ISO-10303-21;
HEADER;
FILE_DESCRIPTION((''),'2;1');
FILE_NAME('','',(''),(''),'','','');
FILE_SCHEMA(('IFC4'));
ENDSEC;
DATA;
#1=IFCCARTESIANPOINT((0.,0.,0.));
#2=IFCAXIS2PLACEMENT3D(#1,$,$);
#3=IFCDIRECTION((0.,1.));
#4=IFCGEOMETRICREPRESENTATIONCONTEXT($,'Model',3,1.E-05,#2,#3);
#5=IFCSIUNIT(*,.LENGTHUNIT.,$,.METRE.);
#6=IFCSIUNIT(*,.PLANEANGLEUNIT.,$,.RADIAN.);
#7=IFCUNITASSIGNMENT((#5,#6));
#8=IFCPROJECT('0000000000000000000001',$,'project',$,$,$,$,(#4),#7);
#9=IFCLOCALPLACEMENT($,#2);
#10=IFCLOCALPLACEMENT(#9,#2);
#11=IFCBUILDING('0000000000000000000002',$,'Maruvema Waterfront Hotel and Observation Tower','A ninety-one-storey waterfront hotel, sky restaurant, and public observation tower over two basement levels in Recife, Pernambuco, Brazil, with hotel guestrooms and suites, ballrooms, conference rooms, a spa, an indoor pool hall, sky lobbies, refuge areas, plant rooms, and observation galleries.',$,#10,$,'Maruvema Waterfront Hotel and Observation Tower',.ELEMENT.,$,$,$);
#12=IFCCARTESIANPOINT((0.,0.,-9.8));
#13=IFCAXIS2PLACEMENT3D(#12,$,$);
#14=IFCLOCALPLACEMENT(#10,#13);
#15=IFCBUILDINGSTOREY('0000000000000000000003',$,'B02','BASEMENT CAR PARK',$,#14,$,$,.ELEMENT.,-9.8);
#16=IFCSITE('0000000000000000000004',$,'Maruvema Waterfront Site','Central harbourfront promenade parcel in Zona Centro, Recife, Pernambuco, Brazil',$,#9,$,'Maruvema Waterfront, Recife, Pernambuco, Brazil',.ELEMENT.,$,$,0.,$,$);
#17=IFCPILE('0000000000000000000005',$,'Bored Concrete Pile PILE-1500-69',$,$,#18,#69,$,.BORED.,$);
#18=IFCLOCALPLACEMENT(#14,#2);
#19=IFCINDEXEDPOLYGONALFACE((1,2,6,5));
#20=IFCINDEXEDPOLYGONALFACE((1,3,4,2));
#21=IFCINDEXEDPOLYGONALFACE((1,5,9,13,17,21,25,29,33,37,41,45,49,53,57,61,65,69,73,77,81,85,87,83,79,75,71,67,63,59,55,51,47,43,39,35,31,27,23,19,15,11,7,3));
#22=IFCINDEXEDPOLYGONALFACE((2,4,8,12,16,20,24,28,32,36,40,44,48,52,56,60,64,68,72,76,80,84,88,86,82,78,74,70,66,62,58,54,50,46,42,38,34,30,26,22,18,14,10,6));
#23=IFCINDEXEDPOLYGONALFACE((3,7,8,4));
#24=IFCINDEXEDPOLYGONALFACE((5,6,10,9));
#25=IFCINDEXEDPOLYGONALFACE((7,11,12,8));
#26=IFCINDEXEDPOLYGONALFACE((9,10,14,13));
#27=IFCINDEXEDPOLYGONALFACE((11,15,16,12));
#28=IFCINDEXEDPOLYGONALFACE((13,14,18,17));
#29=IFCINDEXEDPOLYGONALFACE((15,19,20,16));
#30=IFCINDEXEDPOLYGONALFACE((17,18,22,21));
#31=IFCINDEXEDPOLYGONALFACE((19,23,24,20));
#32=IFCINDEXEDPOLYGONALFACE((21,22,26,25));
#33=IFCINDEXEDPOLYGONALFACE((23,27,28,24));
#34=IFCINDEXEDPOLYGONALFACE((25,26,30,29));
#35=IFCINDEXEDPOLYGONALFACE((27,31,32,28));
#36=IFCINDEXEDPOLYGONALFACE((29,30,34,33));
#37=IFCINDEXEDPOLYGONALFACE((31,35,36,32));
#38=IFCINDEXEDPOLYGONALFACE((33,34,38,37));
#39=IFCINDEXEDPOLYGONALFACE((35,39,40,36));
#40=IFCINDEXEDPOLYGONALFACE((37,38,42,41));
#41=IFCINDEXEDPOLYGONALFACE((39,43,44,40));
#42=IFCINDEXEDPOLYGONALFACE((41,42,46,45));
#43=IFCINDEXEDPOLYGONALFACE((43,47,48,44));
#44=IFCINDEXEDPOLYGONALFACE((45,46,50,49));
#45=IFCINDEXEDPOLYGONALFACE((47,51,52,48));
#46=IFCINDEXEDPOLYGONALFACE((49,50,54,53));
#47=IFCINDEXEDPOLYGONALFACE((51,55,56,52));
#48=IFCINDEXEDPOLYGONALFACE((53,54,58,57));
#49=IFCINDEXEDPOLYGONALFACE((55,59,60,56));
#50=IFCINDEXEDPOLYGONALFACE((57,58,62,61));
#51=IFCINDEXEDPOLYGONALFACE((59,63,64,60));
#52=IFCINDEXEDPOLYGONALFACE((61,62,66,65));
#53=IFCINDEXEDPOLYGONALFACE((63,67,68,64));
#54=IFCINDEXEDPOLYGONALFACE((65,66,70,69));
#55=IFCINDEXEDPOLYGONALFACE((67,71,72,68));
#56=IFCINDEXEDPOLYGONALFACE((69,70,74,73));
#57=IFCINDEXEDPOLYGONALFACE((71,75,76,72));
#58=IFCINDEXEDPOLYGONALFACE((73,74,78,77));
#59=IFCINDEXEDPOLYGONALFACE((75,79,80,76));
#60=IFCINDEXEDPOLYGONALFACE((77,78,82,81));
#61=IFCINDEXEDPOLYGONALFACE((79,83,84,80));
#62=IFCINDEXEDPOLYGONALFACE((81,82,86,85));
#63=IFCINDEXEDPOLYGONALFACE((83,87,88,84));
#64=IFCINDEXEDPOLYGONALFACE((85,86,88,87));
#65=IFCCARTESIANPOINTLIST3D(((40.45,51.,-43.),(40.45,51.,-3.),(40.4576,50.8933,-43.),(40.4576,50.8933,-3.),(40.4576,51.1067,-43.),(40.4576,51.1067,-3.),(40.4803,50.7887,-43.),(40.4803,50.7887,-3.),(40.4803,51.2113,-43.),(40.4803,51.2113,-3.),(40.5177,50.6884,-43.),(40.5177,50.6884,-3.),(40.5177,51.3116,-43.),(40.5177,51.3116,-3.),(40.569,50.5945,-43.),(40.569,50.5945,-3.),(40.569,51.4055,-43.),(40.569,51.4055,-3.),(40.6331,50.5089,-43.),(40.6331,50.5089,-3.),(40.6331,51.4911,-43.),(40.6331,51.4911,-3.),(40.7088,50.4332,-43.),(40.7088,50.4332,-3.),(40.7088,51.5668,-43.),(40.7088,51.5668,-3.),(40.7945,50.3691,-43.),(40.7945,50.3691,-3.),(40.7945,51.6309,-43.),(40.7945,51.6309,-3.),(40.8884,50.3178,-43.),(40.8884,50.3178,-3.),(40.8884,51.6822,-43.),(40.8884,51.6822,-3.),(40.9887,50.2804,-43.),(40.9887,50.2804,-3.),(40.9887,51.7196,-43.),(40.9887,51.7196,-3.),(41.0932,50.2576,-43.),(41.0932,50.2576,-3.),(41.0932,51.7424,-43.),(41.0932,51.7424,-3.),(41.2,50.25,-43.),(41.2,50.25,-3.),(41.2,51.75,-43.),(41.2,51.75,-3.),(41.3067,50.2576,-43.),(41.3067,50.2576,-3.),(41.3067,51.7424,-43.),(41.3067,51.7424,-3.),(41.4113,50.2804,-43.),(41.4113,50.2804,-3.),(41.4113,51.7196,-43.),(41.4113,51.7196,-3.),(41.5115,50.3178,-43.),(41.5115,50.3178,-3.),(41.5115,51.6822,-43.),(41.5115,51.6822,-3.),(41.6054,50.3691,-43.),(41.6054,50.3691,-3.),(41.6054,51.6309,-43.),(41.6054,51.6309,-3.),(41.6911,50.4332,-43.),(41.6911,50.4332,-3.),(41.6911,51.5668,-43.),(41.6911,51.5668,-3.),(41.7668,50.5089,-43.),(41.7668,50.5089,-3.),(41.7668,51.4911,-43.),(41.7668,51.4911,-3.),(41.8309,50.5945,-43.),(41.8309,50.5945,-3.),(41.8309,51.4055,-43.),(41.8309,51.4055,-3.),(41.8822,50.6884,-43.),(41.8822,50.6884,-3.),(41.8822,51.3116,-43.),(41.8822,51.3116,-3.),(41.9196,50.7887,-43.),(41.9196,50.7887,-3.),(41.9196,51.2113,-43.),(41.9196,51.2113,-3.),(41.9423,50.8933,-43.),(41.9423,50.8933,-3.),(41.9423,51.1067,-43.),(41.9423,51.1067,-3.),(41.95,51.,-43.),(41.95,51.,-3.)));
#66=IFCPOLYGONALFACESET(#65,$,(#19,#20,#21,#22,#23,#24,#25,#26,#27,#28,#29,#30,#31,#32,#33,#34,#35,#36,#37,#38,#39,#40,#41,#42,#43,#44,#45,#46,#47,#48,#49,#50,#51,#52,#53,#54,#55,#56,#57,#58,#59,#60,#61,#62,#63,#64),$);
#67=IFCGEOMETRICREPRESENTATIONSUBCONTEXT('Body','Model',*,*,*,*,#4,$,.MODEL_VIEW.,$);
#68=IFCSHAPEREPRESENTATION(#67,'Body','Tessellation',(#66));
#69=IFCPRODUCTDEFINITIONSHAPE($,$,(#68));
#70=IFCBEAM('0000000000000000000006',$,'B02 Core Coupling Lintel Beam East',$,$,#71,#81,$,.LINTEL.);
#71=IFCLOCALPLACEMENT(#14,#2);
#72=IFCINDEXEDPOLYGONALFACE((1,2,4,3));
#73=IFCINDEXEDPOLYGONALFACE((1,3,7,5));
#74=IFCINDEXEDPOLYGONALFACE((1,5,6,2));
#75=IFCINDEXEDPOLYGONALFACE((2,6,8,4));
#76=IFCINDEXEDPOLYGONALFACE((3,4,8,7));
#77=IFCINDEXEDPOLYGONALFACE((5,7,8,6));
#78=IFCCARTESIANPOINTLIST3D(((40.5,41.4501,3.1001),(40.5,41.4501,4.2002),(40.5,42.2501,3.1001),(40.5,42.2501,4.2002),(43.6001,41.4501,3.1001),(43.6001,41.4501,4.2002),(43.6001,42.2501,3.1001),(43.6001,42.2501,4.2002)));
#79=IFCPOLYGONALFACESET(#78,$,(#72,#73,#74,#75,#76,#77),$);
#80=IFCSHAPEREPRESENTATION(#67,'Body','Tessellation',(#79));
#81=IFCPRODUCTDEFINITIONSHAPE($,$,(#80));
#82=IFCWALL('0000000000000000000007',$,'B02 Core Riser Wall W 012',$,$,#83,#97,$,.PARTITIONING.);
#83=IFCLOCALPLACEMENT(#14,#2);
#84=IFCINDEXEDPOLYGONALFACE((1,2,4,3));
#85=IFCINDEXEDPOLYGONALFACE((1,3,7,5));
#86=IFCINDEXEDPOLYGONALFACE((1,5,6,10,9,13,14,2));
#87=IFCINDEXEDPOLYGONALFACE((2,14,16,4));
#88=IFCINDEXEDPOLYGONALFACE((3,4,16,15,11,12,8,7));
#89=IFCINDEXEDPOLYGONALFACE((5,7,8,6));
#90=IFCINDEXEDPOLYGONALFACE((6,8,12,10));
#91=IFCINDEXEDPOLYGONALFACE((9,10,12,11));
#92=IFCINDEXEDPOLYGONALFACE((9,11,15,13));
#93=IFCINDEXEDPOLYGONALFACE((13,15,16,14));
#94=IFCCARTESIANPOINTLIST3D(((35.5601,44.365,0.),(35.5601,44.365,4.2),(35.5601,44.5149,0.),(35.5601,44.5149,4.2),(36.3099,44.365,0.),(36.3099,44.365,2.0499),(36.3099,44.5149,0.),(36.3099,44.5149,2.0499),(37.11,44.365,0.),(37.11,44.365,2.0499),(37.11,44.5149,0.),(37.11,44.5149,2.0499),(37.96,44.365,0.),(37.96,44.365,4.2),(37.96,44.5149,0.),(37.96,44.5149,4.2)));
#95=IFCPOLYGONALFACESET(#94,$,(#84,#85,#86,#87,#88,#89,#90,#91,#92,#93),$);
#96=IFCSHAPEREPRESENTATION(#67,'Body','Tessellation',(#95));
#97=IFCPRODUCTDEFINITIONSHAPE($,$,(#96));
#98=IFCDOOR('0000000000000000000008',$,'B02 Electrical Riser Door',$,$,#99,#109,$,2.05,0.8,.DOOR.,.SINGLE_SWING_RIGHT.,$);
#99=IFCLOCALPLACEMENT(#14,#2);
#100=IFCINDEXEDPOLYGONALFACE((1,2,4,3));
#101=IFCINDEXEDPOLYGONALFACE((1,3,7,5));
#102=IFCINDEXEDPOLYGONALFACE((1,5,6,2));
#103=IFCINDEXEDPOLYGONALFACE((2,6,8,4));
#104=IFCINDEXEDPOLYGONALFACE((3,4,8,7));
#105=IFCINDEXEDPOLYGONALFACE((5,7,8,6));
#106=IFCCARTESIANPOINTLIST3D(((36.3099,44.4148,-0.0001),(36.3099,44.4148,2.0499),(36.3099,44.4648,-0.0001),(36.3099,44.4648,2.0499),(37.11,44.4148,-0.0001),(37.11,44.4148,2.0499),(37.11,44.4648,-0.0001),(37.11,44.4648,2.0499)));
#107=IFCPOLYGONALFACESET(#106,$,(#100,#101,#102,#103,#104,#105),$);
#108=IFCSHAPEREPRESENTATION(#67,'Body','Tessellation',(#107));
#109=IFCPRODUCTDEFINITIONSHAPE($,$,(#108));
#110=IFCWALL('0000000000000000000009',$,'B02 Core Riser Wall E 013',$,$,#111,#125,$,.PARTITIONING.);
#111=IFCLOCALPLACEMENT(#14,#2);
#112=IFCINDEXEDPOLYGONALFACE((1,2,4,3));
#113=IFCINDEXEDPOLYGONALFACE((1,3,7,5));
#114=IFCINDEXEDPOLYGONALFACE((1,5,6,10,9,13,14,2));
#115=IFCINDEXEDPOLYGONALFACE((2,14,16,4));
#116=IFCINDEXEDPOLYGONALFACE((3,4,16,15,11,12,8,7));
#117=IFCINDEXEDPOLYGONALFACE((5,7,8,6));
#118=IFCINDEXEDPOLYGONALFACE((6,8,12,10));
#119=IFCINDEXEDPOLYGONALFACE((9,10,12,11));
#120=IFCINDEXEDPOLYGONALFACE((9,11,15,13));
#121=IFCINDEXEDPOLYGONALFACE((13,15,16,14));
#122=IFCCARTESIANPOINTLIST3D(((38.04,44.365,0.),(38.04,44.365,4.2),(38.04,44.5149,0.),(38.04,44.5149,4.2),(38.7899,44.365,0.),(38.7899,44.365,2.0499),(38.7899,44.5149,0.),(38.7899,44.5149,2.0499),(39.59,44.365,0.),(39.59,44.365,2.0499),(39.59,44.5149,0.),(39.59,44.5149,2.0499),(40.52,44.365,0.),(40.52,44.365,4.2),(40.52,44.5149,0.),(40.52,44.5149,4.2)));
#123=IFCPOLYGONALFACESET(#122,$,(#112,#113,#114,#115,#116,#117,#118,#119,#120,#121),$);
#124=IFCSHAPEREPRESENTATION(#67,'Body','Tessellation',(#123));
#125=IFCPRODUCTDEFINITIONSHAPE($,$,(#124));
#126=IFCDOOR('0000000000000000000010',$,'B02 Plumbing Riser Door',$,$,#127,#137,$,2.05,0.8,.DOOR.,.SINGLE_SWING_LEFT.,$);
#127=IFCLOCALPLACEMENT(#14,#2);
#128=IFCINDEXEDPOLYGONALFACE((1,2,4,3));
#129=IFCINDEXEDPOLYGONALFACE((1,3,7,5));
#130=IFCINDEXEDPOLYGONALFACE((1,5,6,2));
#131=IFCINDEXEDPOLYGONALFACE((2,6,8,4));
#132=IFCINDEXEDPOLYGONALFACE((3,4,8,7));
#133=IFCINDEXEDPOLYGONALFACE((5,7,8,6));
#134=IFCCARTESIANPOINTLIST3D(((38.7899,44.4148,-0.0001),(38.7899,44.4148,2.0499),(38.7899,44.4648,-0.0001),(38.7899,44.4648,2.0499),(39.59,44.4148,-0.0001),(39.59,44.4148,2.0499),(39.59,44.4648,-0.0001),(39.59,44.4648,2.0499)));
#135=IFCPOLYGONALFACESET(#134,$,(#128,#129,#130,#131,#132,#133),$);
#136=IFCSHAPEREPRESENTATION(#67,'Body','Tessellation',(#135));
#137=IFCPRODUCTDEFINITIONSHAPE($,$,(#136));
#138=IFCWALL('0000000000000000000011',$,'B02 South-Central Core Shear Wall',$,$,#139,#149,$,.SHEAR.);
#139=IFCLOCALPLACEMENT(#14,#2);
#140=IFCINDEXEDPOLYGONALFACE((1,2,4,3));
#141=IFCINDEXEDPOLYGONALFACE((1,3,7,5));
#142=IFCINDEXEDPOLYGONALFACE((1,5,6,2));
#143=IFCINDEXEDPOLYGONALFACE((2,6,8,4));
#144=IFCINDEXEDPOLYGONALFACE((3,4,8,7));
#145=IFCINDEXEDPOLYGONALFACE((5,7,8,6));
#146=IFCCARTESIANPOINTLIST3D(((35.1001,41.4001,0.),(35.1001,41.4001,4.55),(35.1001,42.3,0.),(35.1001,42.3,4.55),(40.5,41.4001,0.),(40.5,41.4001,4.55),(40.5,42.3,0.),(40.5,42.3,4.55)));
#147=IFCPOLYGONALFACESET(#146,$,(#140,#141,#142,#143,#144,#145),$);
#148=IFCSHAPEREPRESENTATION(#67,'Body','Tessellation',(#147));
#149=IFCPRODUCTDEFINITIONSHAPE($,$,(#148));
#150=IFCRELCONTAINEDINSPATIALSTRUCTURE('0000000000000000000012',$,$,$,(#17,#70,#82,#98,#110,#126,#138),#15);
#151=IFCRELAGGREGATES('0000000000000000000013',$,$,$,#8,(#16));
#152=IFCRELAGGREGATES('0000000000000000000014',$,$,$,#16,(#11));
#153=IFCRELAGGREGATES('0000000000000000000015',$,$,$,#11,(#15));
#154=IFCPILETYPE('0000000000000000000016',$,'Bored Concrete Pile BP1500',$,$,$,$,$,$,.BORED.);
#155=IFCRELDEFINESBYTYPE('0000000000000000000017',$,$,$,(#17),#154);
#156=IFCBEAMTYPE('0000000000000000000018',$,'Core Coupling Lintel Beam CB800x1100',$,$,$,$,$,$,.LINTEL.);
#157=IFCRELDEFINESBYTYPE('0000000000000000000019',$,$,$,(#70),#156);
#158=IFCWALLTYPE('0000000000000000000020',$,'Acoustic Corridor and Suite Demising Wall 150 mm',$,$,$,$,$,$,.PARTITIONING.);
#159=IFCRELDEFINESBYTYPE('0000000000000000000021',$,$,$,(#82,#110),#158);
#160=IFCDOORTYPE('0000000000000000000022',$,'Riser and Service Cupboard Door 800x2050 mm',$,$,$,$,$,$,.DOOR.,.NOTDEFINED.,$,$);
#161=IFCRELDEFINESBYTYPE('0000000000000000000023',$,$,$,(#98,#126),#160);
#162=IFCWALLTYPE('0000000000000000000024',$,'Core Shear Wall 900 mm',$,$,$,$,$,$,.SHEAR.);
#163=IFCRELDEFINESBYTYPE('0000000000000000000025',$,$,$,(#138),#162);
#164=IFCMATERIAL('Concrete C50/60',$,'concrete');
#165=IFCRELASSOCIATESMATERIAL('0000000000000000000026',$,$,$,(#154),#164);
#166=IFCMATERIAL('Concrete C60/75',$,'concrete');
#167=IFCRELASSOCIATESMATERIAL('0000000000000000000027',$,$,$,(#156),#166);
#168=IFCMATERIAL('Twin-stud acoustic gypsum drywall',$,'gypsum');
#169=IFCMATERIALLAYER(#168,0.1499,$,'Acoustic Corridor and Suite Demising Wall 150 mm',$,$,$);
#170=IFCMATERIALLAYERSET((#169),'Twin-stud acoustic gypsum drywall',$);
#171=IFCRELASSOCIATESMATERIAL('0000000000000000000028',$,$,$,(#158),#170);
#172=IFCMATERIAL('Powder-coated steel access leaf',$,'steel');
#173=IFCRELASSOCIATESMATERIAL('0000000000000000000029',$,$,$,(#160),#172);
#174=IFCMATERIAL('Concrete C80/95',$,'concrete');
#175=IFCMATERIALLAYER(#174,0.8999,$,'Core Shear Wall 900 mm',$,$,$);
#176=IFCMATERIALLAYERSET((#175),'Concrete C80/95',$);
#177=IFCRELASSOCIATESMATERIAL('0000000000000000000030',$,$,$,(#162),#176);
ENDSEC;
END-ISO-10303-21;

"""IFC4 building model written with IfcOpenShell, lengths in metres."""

from ifc_helpers import new_model, si_unit, direction, frame, frame_2d, origin, origin_2d, place, context, subcontext, project, spatial, rectangle, circle, extrude, material, layer, layer_set, material_profile, profile_set, type_object, element, fill, save


model = new_model("IFC4")

# Units and contexts
model_context = context("Model", 3, precision=1e-05, world=origin(), true_north=direction((0.0, 1.0)))
body_context = subcontext(model_context, "Body", "Model", "MODEL_VIEW")
ifc_project = project(units=[si_unit("LENGTHUNIT", "METRE"), si_unit("PLANEANGLEUNIT", "RADIAN")], contexts=[model_context])

# Site, building, storey
site_placement = place(None, origin())
site = spatial("IfcSite", under=ifc_project, at=site_placement, Name="Maruvema Waterfront Site", Description="Central harbourfront promenade parcel in Zona Centro, Recife, Pernambuco, Brazil", LongName="Maruvema Waterfront, Recife, Pernambuco, Brazil", CompositionType="ELEMENT", RefElevation=0.0)
building_placement = place(site_placement, origin())
building = spatial("IfcBuilding", under=site, at=building_placement, Name="Maruvema Waterfront Hotel and Observation Tower", Description="A ninety-one-storey waterfront hotel, sky restaurant, and public observation tower over two basement levels in Recife, Pernambuco, Brazil, with hotel guestrooms and suites, ballrooms, conference rooms, a spa, an indoor pool hall, sky lobbies, refuge areas, plant rooms, and observation galleries.", LongName="Maruvema Waterfront Hotel and Observation Tower", CompositionType="ELEMENT")
storey_placement = place(building_placement, frame((0.0, 0.0, -9.8)))
storey = spatial("IfcBuildingStorey", under=building, at=storey_placement, Name="B02", Description="BASEMENT CAR PARK", CompositionType="ELEMENT", Elevation=-9.8)

# Pile
ifc_material_1 = material(Name="Concrete C50/60", Category="concrete")
ifc_material_profile_1 = material_profile(ifc_material_1, circle(Radius=0.75, at=origin_2d()), Name="BP1500")
ifc_profile_set_1 = profile_set([ifc_material_profile_1], Name="Concrete C50/60")
pile_type = type_object("IfcPileType", Name="Bored Concrete Pile BP1500", PredefinedType="BORED", material=ifc_profile_set_1)
for number, where, z_axis, x_axis, name in (
    (1, (41.2, 51.0, -3.0), (0.0, 0.0, -1.0), (1.0, 0.0, 0.0), "Bored Concrete Pile PILE-1500-69"),
):
    element("IfcPile", number, at=place(storey_placement, frame(where, z_axis=z_axis, x_axis=x_axis)), inside=storey, type_object=pile_type, Name=name, PredefinedType="BORED", context=body_context, shape_type="SweptSolid", body=[
        extrude(circle(Radius=0.75, at=origin_2d()), origin(), (0.0, 0.0, 1.0), 40.0),
    ])

# Beam
ifc_material_2 = material(Name="Concrete C60/75", Category="concrete")
ifc_material_profile_2 = material_profile(ifc_material_2, rectangle(XDim=0.8, YDim=1.1001, at=origin_2d()), Name="CB800x1100")
ifc_profile_set_2 = profile_set([ifc_material_profile_2], Name="Concrete C60/75")
beam_type = type_object("IfcBeamType", Name="Core Coupling Lintel Beam CB800x1100", PredefinedType="LINTEL", material=ifc_profile_set_2)
beam_placement = place(storey_placement, frame((40.5, 41.8501, 3.6501), z_axis=(1.0, 0.0, 0.0), x_axis=(0.0, 1.0, 0.0)))
element("IfcBeam", 2, at=beam_placement, inside=storey, type_object=beam_type, Name="B02 Core Coupling Lintel Beam East", PredefinedType="LINTEL", context=body_context, shape_type="SweptSolid", body=[
    extrude(rectangle(XDim=0.8, YDim=1.1001, at=origin_2d()), origin(), (0.0, 0.0, 1.0), 3.1001),
])

# Walls, openings, doors
ifc_material_3 = material(Name="Twin-stud acoustic gypsum drywall", Category="gypsum")
ifc_layer_1 = layer(ifc_material_3, 0.1499, Name="Acoustic Corridor and Suite Demising Wall 150 mm")
ifc_layer_set_1 = layer_set([ifc_layer_1], Name="Twin-stud acoustic gypsum drywall")
wall_type_1 = type_object("IfcWallType", Name="Acoustic Corridor and Suite Demising Wall 150 mm", PredefinedType="PARTITIONING", material=ifc_layer_set_1)
wall_1_placement = place(storey_placement, frame((35.5601, 44.4399, 0.0), z_axis=(0.0, 0.0, 1.0), x_axis=(1.0, 0.0, 0.0)))
wall_1 = element("IfcWall", 3, at=wall_1_placement, inside=storey, type_object=wall_type_1, Name="B02 Core Riser Wall W 012", PredefinedType="PARTITIONING", context=body_context, shape_type="SweptSolid", body=[
    extrude(rectangle(XDim=2.3999, YDim=0.1499, at=frame_2d((1.2, 0.0))), origin(), (0.0, 0.0, 1.0), 4.2),
])
opening_1_placement = place(wall_1_placement, frame((0.75, 0.0, 0.0)))
opening_1 = element("IfcOpeningElement", 4, at=opening_1_placement, cuts=wall_1, PredefinedType="OPENING", context=body_context, shape_type="SweptSolid", body=[
    extrude(rectangle(XDim=0.8, YDim=2.05, at=frame_2d((0.3999, 1.0249))), frame((0.0, 0.085, 0.0), z_axis=(0.0, -1.0, 0.0), x_axis=(1.0, 0.0, 0.0)), (0.0, 0.0, 1.0), 0.1699),
])
ifc_material_4 = material(Name="Powder-coated steel access leaf", Category="steel")
door_type = type_object("IfcDoorType", Name="Riser and Service Cupboard Door 800x2050 mm", OperationType="NOTDEFINED", PredefinedType="DOOR", material=ifc_material_4)
door_1_placement = place(opening_1_placement, origin())
door_1 = element("IfcDoor", 5, at=door_1_placement, inside=storey, type_object=door_type, Name="B02 Electrical Riser Door", OperationType="SINGLE_SWING_RIGHT", OverallHeight=2.05, OverallWidth=0.8, PredefinedType="DOOR", context=body_context, shape_type="SweptSolid", body=[
    extrude(rectangle(XDim=0.8, YDim=2.05, at=frame_2d((0.3999, 1.0249))), frame((0.0, 0.0249, 0.0), z_axis=(0.0, -1.0, 0.0), x_axis=(1.0, 0.0, 0.0)), (0.0, 0.0, 1.0), 0.05),
])
fill(opening_1, door_1)
wall_2_placement = place(storey_placement, frame((38.04, 44.4399, 0.0), z_axis=(0.0, 0.0, 1.0), x_axis=(1.0, 0.0, 0.0)))
wall_2 = element("IfcWall", 6, at=wall_2_placement, inside=storey, type_object=wall_type_1, Name="B02 Core Riser Wall E 013", PredefinedType="PARTITIONING", context=body_context, shape_type="SweptSolid", body=[
    extrude(rectangle(XDim=2.48, YDim=0.1499, at=frame_2d((1.24, 0.0))), origin(), (0.0, 0.0, 1.0), 4.2),
])
opening_2_placement = place(wall_2_placement, frame((0.75, 0.0, 0.0)))
opening_2 = element("IfcOpeningElement", 7, at=opening_2_placement, cuts=wall_2, PredefinedType="OPENING", context=body_context, shape_type="SweptSolid", body=[
    extrude(rectangle(XDim=0.8, YDim=2.05, at=frame_2d((0.3999, 1.0249))), frame((0.0, 0.085, 0.0), z_axis=(0.0, -1.0, 0.0), x_axis=(1.0, 0.0, 0.0)), (0.0, 0.0, 1.0), 0.1699),
])
door_2_placement = place(opening_2_placement, origin())
door_2 = element("IfcDoor", 8, at=door_2_placement, inside=storey, type_object=door_type, Name="B02 Plumbing Riser Door", OperationType="SINGLE_SWING_LEFT", OverallHeight=2.05, OverallWidth=0.8, PredefinedType="DOOR", context=body_context, shape_type="SweptSolid", body=[
    extrude(rectangle(XDim=0.8, YDim=2.05, at=frame_2d((0.3999, 1.0249))), frame((0.0, 0.0249, 0.0), z_axis=(0.0, -1.0, 0.0), x_axis=(1.0, 0.0, 0.0)), (0.0, 0.0, 1.0), 0.05),
])
fill(opening_2, door_2)

# Wall
ifc_material_5 = material(Name="Concrete C80/95", Category="concrete")
ifc_layer_2 = layer(ifc_material_5, 0.8999, Name="Core Shear Wall 900 mm")
ifc_layer_set_2 = layer_set([ifc_layer_2], Name="Concrete C80/95")
wall_type_2 = type_object("IfcWallType", Name="Core Shear Wall 900 mm", PredefinedType="SHEAR", material=ifc_layer_set_2)
wall_3_placement = place(storey_placement, frame((35.1001, 41.8501, 0.0), z_axis=(0.0, 0.0, 1.0), x_axis=(1.0, 0.0, 0.0)))
element("IfcWall", 9, at=wall_3_placement, inside=storey, type_object=wall_type_2, Name="B02 South-Central Core Shear Wall", PredefinedType="SHEAR", context=body_context, shape_type="SweptSolid", body=[
    extrude(rectangle(XDim=5.3999, YDim=0.8999, at=frame_2d((2.7, 0.0))), origin(), (0.0, 0.0, 1.0), 4.55),
])

save(model, "model.ifc")
